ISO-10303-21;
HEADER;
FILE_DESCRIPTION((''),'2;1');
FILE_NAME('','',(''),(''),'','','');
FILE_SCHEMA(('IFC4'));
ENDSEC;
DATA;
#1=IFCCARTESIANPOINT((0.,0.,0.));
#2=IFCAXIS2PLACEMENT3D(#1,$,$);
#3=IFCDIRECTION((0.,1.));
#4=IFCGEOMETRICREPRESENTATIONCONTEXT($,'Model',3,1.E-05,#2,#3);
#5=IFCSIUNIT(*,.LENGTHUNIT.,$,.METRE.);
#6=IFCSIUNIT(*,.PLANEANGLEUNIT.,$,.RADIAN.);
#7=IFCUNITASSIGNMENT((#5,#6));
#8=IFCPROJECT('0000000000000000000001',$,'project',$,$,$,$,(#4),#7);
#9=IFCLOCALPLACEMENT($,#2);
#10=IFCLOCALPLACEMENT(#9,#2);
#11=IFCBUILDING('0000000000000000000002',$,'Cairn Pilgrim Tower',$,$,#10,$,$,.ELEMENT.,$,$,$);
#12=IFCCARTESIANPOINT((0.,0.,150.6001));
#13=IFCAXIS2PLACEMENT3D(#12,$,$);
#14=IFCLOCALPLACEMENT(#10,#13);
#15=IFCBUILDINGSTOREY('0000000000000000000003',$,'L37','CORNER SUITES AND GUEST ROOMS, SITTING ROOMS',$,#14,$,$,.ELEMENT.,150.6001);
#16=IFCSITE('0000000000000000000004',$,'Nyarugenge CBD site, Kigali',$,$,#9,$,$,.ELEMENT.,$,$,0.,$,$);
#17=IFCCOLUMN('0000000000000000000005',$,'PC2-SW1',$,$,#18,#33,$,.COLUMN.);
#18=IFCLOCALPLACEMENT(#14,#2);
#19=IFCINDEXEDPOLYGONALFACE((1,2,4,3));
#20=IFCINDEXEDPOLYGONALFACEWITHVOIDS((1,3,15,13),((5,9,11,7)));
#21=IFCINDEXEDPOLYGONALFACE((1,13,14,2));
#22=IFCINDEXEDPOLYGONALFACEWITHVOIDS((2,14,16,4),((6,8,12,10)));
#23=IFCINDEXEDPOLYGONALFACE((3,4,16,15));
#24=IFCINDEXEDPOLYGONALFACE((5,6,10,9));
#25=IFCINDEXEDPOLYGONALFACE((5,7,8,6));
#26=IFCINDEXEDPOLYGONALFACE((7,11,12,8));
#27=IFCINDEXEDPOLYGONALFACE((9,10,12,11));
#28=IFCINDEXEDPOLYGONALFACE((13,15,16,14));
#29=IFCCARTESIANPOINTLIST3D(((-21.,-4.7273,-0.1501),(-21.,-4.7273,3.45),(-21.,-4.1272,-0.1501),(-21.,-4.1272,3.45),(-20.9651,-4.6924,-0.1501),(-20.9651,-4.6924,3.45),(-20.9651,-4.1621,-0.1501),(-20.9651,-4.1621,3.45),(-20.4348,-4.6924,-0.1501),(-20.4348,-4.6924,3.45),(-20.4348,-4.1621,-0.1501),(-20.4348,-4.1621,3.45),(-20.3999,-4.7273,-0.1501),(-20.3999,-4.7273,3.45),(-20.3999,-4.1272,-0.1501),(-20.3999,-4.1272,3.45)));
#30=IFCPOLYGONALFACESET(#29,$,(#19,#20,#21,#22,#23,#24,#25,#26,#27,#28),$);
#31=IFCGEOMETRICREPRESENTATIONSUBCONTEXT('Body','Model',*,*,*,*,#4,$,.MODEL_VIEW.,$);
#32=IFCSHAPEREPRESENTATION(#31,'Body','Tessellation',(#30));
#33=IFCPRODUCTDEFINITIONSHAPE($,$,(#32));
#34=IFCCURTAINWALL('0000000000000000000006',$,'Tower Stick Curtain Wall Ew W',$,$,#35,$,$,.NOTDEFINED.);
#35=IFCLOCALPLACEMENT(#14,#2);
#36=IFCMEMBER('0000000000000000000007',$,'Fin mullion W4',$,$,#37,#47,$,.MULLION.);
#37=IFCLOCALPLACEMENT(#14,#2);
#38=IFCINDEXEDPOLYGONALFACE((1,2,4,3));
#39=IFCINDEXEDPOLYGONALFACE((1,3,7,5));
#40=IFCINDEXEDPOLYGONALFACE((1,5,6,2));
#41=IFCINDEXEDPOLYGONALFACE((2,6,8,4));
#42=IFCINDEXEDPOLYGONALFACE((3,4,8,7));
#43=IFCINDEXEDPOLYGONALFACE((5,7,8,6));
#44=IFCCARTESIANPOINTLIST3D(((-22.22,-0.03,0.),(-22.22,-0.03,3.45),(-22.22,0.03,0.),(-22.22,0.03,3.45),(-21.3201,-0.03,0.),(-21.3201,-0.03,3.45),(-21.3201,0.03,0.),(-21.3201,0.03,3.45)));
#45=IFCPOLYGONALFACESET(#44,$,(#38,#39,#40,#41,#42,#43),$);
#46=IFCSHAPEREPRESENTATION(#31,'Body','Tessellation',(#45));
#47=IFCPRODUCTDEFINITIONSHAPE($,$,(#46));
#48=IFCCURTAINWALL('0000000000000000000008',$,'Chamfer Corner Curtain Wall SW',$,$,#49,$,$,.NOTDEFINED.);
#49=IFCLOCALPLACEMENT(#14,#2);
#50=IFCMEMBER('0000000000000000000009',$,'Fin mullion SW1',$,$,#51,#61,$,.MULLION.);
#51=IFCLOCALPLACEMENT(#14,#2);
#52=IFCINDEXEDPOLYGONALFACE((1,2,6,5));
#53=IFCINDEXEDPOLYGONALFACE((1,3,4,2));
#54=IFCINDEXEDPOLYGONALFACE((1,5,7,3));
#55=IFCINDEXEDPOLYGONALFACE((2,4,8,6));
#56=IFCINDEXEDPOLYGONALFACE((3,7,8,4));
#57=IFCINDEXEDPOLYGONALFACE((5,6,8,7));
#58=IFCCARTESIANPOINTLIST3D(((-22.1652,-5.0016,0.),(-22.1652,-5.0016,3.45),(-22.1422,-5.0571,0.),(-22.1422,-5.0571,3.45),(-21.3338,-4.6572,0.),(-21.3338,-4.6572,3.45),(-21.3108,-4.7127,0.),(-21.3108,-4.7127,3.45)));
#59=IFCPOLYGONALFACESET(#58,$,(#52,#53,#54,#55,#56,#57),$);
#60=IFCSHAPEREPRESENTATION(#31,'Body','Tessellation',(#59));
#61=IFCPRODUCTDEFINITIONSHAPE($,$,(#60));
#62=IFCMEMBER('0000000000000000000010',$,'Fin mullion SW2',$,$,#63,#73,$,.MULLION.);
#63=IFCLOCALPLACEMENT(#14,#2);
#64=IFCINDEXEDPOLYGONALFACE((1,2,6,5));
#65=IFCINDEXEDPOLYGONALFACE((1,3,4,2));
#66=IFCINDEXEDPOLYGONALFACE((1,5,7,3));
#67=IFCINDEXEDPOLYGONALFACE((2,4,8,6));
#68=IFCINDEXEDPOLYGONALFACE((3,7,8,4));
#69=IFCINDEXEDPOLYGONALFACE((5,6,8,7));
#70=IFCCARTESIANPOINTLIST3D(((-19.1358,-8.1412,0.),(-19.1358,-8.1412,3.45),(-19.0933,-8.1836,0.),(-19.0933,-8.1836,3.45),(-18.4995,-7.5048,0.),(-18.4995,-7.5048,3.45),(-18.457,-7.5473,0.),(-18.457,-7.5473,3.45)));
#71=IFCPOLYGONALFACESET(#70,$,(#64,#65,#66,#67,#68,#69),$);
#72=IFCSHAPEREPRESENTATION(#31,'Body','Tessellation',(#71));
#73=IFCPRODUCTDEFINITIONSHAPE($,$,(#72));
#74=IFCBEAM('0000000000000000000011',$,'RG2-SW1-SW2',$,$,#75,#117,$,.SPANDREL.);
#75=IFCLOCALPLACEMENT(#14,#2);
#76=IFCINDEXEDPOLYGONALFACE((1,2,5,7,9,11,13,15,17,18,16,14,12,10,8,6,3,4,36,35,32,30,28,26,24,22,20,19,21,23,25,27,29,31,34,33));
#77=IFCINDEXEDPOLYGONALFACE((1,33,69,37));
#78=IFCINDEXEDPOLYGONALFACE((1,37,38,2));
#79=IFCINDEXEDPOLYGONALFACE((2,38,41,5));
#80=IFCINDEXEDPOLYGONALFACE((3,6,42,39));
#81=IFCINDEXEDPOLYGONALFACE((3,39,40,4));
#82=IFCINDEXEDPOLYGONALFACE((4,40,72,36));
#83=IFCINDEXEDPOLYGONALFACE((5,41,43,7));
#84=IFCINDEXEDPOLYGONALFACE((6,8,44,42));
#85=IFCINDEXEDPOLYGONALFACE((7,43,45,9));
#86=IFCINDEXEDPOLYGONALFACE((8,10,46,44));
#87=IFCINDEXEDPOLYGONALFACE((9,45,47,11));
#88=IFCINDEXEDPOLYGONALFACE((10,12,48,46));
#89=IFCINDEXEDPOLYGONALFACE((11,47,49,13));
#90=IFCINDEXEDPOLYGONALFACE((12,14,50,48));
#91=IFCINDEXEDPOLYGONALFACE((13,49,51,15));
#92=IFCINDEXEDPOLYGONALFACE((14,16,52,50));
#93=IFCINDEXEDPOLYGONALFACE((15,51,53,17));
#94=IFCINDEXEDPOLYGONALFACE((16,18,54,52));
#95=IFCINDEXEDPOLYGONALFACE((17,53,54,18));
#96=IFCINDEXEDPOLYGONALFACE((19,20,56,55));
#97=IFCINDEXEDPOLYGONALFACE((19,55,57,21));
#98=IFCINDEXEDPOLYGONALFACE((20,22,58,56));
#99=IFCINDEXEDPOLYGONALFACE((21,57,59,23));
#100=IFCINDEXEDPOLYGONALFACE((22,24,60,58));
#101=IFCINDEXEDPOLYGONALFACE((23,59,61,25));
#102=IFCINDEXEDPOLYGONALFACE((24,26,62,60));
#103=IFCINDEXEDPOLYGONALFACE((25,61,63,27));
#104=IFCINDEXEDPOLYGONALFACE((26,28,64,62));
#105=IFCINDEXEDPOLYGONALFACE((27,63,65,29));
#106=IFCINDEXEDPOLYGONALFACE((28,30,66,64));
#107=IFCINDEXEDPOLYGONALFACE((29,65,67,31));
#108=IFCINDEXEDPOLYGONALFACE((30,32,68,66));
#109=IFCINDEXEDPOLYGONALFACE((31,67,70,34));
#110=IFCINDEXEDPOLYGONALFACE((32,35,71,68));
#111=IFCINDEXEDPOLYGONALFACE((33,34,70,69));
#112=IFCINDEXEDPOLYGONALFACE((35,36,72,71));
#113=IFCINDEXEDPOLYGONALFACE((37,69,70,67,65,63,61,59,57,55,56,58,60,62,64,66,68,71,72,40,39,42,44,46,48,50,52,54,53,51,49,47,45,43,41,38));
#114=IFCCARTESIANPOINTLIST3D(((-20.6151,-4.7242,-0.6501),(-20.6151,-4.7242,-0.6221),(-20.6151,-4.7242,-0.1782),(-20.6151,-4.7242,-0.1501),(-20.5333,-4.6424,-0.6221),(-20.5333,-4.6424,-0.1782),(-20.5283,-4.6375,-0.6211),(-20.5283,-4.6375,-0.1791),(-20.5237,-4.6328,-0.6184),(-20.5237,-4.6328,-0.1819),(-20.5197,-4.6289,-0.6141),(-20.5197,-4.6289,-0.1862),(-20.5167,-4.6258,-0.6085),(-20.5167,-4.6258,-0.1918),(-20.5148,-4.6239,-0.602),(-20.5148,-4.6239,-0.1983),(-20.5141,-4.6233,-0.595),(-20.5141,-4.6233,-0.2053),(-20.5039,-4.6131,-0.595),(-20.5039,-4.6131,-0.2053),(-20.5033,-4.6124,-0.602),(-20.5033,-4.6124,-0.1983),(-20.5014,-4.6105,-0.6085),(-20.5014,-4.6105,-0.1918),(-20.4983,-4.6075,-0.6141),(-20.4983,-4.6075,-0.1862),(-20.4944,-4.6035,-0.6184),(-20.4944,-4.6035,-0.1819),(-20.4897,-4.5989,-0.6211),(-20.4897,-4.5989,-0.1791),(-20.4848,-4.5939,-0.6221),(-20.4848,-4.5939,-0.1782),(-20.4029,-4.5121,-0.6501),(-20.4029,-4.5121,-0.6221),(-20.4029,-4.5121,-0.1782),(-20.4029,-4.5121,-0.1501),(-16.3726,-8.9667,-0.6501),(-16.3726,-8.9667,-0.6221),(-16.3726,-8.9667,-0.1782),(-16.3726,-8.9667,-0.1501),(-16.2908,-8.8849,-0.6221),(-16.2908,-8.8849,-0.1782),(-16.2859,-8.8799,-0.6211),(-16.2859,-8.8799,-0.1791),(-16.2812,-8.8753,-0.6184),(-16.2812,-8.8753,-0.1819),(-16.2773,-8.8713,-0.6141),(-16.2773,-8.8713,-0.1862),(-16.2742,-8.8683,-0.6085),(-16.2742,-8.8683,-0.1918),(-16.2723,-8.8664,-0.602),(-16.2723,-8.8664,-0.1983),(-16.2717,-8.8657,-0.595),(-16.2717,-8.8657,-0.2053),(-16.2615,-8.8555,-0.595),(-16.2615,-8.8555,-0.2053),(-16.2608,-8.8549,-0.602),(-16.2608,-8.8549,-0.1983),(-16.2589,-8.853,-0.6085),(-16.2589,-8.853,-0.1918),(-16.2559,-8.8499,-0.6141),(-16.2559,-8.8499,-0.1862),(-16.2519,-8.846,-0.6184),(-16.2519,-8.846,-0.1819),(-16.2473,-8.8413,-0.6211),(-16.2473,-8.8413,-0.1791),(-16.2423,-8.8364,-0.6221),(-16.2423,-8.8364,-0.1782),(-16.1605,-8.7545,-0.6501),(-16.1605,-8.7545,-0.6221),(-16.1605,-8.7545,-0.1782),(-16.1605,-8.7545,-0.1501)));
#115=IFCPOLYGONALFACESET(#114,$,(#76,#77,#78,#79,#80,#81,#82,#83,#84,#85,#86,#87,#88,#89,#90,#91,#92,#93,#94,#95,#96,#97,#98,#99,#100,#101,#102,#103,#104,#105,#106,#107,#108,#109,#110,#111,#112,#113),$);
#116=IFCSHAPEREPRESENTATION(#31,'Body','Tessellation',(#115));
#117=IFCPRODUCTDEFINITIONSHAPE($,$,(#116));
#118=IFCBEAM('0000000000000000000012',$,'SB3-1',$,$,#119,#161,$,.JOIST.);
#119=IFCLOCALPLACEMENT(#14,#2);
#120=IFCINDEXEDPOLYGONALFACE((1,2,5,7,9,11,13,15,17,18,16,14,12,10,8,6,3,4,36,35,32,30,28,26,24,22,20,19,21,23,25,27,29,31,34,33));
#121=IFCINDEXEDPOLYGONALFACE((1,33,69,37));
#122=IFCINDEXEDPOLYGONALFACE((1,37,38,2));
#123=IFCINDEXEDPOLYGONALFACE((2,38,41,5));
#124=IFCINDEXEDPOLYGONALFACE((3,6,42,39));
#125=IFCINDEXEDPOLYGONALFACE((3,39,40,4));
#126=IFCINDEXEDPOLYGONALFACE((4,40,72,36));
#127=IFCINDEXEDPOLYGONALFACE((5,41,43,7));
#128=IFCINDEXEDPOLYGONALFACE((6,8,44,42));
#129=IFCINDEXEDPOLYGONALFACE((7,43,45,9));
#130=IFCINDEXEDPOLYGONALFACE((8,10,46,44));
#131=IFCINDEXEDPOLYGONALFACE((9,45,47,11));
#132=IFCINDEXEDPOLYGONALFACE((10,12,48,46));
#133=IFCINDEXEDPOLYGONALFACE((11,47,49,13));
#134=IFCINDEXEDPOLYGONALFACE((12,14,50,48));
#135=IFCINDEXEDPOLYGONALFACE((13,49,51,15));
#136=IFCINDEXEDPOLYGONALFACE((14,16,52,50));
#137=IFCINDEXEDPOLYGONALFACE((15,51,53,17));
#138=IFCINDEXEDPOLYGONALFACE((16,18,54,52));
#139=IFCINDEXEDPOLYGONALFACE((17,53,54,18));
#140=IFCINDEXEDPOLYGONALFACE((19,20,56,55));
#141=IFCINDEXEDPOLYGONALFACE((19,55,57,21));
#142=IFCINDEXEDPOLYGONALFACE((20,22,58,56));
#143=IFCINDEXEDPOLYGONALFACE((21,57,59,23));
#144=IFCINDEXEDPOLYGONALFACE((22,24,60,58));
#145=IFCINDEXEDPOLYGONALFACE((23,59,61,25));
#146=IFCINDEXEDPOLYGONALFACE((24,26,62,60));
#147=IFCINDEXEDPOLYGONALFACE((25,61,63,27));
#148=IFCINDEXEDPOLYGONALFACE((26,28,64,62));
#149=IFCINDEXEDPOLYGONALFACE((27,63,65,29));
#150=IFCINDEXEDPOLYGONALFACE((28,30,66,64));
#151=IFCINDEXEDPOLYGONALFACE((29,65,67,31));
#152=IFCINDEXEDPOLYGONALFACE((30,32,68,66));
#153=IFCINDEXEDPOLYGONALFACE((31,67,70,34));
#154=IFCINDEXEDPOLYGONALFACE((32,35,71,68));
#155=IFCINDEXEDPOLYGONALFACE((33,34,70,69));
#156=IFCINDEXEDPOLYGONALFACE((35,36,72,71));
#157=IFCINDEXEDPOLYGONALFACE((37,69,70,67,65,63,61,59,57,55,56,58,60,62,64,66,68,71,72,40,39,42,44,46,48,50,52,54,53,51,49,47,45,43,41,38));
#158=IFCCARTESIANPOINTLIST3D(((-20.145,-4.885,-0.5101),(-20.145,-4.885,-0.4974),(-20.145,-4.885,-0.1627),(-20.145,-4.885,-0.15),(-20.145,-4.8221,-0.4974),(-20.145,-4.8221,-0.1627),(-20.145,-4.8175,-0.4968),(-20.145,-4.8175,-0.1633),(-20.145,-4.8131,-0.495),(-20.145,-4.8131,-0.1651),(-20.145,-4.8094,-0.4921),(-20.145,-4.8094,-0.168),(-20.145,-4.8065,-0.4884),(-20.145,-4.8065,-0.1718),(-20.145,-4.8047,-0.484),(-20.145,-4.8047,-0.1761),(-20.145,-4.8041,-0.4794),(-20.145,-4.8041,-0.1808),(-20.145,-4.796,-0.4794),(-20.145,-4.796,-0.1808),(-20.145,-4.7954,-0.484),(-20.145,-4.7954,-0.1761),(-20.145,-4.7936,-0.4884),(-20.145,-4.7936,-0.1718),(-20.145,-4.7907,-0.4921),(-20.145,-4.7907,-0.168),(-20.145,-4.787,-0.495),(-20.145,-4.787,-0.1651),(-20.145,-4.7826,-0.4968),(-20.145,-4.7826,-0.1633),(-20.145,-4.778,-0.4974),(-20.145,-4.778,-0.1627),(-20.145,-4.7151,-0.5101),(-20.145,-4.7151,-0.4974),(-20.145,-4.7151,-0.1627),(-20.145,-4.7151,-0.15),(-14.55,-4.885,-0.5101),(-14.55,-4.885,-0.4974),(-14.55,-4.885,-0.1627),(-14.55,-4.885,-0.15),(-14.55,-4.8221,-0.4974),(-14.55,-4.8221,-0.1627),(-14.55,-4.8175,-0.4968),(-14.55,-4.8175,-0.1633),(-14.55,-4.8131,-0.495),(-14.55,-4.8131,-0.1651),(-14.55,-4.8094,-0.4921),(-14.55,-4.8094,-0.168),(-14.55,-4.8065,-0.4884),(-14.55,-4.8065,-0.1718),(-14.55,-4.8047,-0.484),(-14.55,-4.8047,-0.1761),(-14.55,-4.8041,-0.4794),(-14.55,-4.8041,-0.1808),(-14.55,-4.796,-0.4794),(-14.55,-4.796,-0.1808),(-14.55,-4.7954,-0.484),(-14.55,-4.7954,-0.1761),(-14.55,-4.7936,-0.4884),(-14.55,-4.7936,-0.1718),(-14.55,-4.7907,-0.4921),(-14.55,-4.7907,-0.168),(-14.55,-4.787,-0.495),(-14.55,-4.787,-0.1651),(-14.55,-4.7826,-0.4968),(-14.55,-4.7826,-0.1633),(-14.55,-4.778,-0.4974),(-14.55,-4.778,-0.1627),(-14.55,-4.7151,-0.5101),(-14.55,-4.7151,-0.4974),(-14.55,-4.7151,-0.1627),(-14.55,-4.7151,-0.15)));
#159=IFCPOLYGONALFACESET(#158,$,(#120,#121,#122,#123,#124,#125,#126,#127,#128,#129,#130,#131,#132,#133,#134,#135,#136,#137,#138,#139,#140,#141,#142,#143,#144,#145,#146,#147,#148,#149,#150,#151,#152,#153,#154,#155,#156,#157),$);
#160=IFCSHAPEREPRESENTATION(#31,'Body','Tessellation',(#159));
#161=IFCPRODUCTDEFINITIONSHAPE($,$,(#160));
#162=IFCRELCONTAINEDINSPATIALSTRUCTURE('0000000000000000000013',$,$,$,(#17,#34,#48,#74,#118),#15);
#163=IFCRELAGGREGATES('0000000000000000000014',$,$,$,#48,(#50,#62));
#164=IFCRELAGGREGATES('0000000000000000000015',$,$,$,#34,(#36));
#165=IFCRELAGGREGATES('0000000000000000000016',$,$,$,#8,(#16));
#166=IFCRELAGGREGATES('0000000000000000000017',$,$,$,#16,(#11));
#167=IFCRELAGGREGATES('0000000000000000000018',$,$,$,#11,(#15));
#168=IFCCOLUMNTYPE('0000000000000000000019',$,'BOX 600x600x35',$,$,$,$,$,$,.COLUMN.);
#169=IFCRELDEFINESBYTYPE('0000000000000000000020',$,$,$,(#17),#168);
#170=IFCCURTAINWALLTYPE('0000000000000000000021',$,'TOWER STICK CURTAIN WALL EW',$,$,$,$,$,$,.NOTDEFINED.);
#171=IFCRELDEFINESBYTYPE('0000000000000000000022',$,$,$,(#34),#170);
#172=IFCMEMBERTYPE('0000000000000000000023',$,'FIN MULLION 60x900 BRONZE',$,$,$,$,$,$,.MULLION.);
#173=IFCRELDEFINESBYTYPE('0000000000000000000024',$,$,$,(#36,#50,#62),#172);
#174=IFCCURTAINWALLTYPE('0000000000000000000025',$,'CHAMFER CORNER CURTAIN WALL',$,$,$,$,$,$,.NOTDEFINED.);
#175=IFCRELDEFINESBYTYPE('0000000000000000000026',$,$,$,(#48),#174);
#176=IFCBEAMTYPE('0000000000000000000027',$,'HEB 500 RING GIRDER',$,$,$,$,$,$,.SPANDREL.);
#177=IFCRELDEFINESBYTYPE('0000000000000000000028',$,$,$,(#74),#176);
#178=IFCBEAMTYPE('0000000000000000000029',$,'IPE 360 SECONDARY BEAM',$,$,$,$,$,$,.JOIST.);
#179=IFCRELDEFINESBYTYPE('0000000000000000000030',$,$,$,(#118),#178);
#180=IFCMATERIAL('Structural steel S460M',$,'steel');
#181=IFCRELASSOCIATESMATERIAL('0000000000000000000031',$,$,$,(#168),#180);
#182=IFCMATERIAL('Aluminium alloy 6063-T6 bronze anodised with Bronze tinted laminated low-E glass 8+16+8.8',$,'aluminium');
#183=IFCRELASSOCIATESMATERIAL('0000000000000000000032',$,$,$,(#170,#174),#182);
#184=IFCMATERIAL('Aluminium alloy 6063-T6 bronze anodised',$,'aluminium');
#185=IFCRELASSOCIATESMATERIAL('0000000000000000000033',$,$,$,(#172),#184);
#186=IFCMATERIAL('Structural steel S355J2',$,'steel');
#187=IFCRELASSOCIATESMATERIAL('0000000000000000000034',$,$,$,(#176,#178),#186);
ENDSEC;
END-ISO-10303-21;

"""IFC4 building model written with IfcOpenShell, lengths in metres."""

from ifc_helpers import new_model, si_unit, direction, frame, origin, origin_2d, place, context, subcontext, project, spatial, rectangle, hollow_rectangle, i_section, extrude, material, material_profile, profile_set, type_object, element, aggregate, save


model = new_model("IFC4")

# Units and contexts
model_context = context("Model", 3, precision=1e-05, world=origin(), true_north=direction((0.0, 1.0)))
body_context = subcontext(model_context, "Body", "Model", "MODEL_VIEW")
ifc_project = project(units=[si_unit("LENGTHUNIT", "METRE"), si_unit("PLANEANGLEUNIT", "RADIAN")], contexts=[model_context])

# Site, building, storey
site_placement = place(None, origin())
site = spatial("IfcSite", under=ifc_project, at=site_placement, Name="Nyarugenge CBD site, Kigali", CompositionType="ELEMENT", RefElevation=0.0)
building_placement = place(site_placement, origin())
building = spatial("IfcBuilding", under=site, at=building_placement, Name="Cairn Pilgrim Tower", CompositionType="ELEMENT")
storey_placement = place(building_placement, frame((0.0, 0.0, 150.6001)))
storey = spatial("IfcBuildingStorey", under=building, at=storey_placement, Name="L37", Description="CORNER SUITES AND GUEST ROOMS, SITTING ROOMS", CompositionType="ELEMENT", Elevation=150.6001)

# Column
ifc_material_1 = material(Name="Structural steel S460M", Category="steel")
ifc_material_profile_1 = material_profile(ifc_material_1, hollow_rectangle(XDim=0.6001, YDim=0.6001, WallThickness=0.0349, at=origin_2d()), Name="BOX 600x600x35")
ifc_profile_set_1 = profile_set([ifc_material_profile_1], Name="Structural steel S460M")
column_type = type_object("IfcColumnType", Name="BOX 600x600x35", PredefinedType="COLUMN", material=ifc_profile_set_1)
column_placement = place(storey_placement, frame((-20.7, -4.4272, -0.1501), z_axis=(0.0, 0.0, 1.0), x_axis=(1.0, 0.0, 0.0)))
element("IfcColumn", 1, at=column_placement, inside=storey, type_object=column_type, Name="PC2-SW1", PredefinedType="COLUMN", context=body_context, shape_type="SweptSolid", body=[
    extrude(hollow_rectangle(XDim=0.6001, YDim=0.6001, WallThickness=0.0349, at=origin_2d()), origin(), (0.0, 0.0, 1.0), 3.6001),
])

# Curtain wall, member
ifc_material_2 = material(Name="Aluminium alloy 6063-T6 bronze anodised with Bronze tinted laminated low-E glass 8+16+8.8", Category="aluminium")
curtain_wall_type_1 = type_object("IfcCurtainWallType", Name="TOWER STICK CURTAIN WALL EW", PredefinedType="NOTDEFINED", material=ifc_material_2)
curtain_wall_1_placement = place(storey_placement, origin())
curtain_wall_1 = element("IfcCurtainWall", 2, at=curtain_wall_1_placement, inside=storey, type_object=curtain_wall_type_1, Name="Tower Stick Curtain Wall Ew W", PredefinedType="NOTDEFINED")
ifc_material_3 = material(Name="Aluminium alloy 6063-T6 bronze anodised", Category="aluminium")
ifc_material_profile_2 = material_profile(ifc_material_3, rectangle(XDim=0.8999, YDim=0.0601, at=origin_2d()), Name="FIN MULLION 60x900 BRONZE")
ifc_profile_set_2 = profile_set([ifc_material_profile_2], Name="Aluminium alloy 6063-T6 bronze anodised")
member_type_1 = type_object("IfcMemberType", Name="FIN MULLION 60x900 BRONZE", PredefinedType="MULLION", material=ifc_profile_set_2)
member_1_placement = place(storey_placement, frame((-21.77, 0.0, 0.0), z_axis=(0.0, 0.0, 1.0), x_axis=(-1.0, 0.0, 0.0)))
member_1 = element("IfcMember", 3, at=member_1_placement, type_object=member_type_1, Name="Fin mullion W4", PredefinedType="MULLION", context=body_context, shape_type="SweptSolid", body=[
    extrude(rectangle(XDim=0.8999, YDim=0.0601, at=origin_2d()), origin(), (0.0, 0.0, 1.0), 3.45),
])

# Curtain wall, members
curtain_wall_type_2 = type_object("IfcCurtainWallType", Name="CHAMFER CORNER CURTAIN WALL", PredefinedType="NOTDEFINED", material=ifc_material_2)
curtain_wall_2_placement = place(storey_placement, origin())
curtain_wall_2 = element("IfcCurtainWall", 4, at=curtain_wall_2_placement, inside=storey, type_object=curtain_wall_type_2, Name="Chamfer Corner Curtain Wall SW", PredefinedType="NOTDEFINED")
member_2_placement = place(storey_placement, frame((-21.738, -4.8572, 0.0), z_axis=(0.0, 0.0, 1.0), x_axis=(-0.92388, -0.382683, 0.0)))
member_2 = element("IfcMember", 5, at=member_2_placement, type_object=member_type_1, Name="Fin mullion SW1", PredefinedType="MULLION", context=body_context, shape_type="SweptSolid", body=[
    extrude(rectangle(XDim=0.8999, YDim=0.0601, at=origin_2d()), origin(), (0.0, 0.0, 1.0), 3.45),
])
member_3_placement = place(storey_placement, frame((-18.7964, -7.8442, 0.0), z_axis=(0.0, 0.0, 1.0), x_axis=(-0.707107, -0.707107, 0.0)))
member_3 = element("IfcMember", 6, at=member_3_placement, type_object=member_type_1, Name="Fin mullion SW2", PredefinedType="MULLION", context=body_context, shape_type="SweptSolid", body=[
    extrude(rectangle(XDim=0.8999, YDim=0.0601, at=origin_2d()), origin(), (0.0, 0.0, 1.0), 3.45),
])

# Beams
ifc_material_4 = material(Name="Structural steel S355J2", Category="steel")
ifc_material_profile_3 = material_profile(ifc_material_4, i_section(OverallWidth=0.3, OverallDepth=0.5, WebThickness=0.0144, FlangeThickness=0.0281, FilletRadius=0.0271, at=origin_2d()), Name="HEB 500")
ifc_profile_set_3 = profile_set([ifc_material_profile_3], Name="Structural steel S355J2")
beam_type_1 = type_object("IfcBeamType", Name="HEB 500 RING GIRDER", PredefinedType="SPANDREL", material=ifc_profile_set_3)
beam_1_placement = place(storey_placement, frame((-20.509, -4.6182, -0.4001), z_axis=(0.707107, -0.707107, 0.0), x_axis=(0.707107, 0.707107, 0.0)))
element("IfcBeam", 7, at=beam_1_placement, inside=storey, type_object=beam_type_1, Name="RG2-SW1-SW2", PredefinedType="SPANDREL", context=body_context, shape_type="SweptSolid", body=[
    extrude(i_section(OverallWidth=0.3, OverallDepth=0.5, WebThickness=0.0144, FlangeThickness=0.0281, FilletRadius=0.0271, at=origin_2d()), origin(), (0.0, 0.0, 1.0), 5.9998),
])
ifc_material_profile_4 = material_profile(ifc_material_4, i_section(OverallWidth=0.1699, OverallDepth=0.3601, WebThickness=0.0081, FlangeThickness=0.0127, FilletRadius=0.0181, at=origin_2d()), Name="IPE 360")
ifc_profile_set_4 = profile_set([ifc_material_profile_4], Name="Structural steel S355J2")
beam_type_2 = type_object("IfcBeamType", Name="IPE 360 SECONDARY BEAM", PredefinedType="JOIST", material=ifc_profile_set_4)
beam_2_placement = place(storey_placement, frame((-20.145, -4.8, -0.3301), z_axis=(1.0, 0.0, 0.0), x_axis=(0.0, 1.0, 0.0)))
element("IfcBeam", 8, at=beam_2_placement, inside=storey, type_object=beam_type_2, Name="SB3-1", PredefinedType="JOIST", context=body_context, shape_type="SweptSolid", body=[
    extrude(i_section(OverallWidth=0.1699, OverallDepth=0.3601, WebThickness=0.0081, FlangeThickness=0.0127, FilletRadius=0.0181, at=origin_2d()), origin(), (0.0, 0.0, 1.0), 5.595),
])

aggregate(curtain_wall_2, [member_2, member_3])

aggregate(curtain_wall_1, [member_1])

save(model, "model.ifc")
